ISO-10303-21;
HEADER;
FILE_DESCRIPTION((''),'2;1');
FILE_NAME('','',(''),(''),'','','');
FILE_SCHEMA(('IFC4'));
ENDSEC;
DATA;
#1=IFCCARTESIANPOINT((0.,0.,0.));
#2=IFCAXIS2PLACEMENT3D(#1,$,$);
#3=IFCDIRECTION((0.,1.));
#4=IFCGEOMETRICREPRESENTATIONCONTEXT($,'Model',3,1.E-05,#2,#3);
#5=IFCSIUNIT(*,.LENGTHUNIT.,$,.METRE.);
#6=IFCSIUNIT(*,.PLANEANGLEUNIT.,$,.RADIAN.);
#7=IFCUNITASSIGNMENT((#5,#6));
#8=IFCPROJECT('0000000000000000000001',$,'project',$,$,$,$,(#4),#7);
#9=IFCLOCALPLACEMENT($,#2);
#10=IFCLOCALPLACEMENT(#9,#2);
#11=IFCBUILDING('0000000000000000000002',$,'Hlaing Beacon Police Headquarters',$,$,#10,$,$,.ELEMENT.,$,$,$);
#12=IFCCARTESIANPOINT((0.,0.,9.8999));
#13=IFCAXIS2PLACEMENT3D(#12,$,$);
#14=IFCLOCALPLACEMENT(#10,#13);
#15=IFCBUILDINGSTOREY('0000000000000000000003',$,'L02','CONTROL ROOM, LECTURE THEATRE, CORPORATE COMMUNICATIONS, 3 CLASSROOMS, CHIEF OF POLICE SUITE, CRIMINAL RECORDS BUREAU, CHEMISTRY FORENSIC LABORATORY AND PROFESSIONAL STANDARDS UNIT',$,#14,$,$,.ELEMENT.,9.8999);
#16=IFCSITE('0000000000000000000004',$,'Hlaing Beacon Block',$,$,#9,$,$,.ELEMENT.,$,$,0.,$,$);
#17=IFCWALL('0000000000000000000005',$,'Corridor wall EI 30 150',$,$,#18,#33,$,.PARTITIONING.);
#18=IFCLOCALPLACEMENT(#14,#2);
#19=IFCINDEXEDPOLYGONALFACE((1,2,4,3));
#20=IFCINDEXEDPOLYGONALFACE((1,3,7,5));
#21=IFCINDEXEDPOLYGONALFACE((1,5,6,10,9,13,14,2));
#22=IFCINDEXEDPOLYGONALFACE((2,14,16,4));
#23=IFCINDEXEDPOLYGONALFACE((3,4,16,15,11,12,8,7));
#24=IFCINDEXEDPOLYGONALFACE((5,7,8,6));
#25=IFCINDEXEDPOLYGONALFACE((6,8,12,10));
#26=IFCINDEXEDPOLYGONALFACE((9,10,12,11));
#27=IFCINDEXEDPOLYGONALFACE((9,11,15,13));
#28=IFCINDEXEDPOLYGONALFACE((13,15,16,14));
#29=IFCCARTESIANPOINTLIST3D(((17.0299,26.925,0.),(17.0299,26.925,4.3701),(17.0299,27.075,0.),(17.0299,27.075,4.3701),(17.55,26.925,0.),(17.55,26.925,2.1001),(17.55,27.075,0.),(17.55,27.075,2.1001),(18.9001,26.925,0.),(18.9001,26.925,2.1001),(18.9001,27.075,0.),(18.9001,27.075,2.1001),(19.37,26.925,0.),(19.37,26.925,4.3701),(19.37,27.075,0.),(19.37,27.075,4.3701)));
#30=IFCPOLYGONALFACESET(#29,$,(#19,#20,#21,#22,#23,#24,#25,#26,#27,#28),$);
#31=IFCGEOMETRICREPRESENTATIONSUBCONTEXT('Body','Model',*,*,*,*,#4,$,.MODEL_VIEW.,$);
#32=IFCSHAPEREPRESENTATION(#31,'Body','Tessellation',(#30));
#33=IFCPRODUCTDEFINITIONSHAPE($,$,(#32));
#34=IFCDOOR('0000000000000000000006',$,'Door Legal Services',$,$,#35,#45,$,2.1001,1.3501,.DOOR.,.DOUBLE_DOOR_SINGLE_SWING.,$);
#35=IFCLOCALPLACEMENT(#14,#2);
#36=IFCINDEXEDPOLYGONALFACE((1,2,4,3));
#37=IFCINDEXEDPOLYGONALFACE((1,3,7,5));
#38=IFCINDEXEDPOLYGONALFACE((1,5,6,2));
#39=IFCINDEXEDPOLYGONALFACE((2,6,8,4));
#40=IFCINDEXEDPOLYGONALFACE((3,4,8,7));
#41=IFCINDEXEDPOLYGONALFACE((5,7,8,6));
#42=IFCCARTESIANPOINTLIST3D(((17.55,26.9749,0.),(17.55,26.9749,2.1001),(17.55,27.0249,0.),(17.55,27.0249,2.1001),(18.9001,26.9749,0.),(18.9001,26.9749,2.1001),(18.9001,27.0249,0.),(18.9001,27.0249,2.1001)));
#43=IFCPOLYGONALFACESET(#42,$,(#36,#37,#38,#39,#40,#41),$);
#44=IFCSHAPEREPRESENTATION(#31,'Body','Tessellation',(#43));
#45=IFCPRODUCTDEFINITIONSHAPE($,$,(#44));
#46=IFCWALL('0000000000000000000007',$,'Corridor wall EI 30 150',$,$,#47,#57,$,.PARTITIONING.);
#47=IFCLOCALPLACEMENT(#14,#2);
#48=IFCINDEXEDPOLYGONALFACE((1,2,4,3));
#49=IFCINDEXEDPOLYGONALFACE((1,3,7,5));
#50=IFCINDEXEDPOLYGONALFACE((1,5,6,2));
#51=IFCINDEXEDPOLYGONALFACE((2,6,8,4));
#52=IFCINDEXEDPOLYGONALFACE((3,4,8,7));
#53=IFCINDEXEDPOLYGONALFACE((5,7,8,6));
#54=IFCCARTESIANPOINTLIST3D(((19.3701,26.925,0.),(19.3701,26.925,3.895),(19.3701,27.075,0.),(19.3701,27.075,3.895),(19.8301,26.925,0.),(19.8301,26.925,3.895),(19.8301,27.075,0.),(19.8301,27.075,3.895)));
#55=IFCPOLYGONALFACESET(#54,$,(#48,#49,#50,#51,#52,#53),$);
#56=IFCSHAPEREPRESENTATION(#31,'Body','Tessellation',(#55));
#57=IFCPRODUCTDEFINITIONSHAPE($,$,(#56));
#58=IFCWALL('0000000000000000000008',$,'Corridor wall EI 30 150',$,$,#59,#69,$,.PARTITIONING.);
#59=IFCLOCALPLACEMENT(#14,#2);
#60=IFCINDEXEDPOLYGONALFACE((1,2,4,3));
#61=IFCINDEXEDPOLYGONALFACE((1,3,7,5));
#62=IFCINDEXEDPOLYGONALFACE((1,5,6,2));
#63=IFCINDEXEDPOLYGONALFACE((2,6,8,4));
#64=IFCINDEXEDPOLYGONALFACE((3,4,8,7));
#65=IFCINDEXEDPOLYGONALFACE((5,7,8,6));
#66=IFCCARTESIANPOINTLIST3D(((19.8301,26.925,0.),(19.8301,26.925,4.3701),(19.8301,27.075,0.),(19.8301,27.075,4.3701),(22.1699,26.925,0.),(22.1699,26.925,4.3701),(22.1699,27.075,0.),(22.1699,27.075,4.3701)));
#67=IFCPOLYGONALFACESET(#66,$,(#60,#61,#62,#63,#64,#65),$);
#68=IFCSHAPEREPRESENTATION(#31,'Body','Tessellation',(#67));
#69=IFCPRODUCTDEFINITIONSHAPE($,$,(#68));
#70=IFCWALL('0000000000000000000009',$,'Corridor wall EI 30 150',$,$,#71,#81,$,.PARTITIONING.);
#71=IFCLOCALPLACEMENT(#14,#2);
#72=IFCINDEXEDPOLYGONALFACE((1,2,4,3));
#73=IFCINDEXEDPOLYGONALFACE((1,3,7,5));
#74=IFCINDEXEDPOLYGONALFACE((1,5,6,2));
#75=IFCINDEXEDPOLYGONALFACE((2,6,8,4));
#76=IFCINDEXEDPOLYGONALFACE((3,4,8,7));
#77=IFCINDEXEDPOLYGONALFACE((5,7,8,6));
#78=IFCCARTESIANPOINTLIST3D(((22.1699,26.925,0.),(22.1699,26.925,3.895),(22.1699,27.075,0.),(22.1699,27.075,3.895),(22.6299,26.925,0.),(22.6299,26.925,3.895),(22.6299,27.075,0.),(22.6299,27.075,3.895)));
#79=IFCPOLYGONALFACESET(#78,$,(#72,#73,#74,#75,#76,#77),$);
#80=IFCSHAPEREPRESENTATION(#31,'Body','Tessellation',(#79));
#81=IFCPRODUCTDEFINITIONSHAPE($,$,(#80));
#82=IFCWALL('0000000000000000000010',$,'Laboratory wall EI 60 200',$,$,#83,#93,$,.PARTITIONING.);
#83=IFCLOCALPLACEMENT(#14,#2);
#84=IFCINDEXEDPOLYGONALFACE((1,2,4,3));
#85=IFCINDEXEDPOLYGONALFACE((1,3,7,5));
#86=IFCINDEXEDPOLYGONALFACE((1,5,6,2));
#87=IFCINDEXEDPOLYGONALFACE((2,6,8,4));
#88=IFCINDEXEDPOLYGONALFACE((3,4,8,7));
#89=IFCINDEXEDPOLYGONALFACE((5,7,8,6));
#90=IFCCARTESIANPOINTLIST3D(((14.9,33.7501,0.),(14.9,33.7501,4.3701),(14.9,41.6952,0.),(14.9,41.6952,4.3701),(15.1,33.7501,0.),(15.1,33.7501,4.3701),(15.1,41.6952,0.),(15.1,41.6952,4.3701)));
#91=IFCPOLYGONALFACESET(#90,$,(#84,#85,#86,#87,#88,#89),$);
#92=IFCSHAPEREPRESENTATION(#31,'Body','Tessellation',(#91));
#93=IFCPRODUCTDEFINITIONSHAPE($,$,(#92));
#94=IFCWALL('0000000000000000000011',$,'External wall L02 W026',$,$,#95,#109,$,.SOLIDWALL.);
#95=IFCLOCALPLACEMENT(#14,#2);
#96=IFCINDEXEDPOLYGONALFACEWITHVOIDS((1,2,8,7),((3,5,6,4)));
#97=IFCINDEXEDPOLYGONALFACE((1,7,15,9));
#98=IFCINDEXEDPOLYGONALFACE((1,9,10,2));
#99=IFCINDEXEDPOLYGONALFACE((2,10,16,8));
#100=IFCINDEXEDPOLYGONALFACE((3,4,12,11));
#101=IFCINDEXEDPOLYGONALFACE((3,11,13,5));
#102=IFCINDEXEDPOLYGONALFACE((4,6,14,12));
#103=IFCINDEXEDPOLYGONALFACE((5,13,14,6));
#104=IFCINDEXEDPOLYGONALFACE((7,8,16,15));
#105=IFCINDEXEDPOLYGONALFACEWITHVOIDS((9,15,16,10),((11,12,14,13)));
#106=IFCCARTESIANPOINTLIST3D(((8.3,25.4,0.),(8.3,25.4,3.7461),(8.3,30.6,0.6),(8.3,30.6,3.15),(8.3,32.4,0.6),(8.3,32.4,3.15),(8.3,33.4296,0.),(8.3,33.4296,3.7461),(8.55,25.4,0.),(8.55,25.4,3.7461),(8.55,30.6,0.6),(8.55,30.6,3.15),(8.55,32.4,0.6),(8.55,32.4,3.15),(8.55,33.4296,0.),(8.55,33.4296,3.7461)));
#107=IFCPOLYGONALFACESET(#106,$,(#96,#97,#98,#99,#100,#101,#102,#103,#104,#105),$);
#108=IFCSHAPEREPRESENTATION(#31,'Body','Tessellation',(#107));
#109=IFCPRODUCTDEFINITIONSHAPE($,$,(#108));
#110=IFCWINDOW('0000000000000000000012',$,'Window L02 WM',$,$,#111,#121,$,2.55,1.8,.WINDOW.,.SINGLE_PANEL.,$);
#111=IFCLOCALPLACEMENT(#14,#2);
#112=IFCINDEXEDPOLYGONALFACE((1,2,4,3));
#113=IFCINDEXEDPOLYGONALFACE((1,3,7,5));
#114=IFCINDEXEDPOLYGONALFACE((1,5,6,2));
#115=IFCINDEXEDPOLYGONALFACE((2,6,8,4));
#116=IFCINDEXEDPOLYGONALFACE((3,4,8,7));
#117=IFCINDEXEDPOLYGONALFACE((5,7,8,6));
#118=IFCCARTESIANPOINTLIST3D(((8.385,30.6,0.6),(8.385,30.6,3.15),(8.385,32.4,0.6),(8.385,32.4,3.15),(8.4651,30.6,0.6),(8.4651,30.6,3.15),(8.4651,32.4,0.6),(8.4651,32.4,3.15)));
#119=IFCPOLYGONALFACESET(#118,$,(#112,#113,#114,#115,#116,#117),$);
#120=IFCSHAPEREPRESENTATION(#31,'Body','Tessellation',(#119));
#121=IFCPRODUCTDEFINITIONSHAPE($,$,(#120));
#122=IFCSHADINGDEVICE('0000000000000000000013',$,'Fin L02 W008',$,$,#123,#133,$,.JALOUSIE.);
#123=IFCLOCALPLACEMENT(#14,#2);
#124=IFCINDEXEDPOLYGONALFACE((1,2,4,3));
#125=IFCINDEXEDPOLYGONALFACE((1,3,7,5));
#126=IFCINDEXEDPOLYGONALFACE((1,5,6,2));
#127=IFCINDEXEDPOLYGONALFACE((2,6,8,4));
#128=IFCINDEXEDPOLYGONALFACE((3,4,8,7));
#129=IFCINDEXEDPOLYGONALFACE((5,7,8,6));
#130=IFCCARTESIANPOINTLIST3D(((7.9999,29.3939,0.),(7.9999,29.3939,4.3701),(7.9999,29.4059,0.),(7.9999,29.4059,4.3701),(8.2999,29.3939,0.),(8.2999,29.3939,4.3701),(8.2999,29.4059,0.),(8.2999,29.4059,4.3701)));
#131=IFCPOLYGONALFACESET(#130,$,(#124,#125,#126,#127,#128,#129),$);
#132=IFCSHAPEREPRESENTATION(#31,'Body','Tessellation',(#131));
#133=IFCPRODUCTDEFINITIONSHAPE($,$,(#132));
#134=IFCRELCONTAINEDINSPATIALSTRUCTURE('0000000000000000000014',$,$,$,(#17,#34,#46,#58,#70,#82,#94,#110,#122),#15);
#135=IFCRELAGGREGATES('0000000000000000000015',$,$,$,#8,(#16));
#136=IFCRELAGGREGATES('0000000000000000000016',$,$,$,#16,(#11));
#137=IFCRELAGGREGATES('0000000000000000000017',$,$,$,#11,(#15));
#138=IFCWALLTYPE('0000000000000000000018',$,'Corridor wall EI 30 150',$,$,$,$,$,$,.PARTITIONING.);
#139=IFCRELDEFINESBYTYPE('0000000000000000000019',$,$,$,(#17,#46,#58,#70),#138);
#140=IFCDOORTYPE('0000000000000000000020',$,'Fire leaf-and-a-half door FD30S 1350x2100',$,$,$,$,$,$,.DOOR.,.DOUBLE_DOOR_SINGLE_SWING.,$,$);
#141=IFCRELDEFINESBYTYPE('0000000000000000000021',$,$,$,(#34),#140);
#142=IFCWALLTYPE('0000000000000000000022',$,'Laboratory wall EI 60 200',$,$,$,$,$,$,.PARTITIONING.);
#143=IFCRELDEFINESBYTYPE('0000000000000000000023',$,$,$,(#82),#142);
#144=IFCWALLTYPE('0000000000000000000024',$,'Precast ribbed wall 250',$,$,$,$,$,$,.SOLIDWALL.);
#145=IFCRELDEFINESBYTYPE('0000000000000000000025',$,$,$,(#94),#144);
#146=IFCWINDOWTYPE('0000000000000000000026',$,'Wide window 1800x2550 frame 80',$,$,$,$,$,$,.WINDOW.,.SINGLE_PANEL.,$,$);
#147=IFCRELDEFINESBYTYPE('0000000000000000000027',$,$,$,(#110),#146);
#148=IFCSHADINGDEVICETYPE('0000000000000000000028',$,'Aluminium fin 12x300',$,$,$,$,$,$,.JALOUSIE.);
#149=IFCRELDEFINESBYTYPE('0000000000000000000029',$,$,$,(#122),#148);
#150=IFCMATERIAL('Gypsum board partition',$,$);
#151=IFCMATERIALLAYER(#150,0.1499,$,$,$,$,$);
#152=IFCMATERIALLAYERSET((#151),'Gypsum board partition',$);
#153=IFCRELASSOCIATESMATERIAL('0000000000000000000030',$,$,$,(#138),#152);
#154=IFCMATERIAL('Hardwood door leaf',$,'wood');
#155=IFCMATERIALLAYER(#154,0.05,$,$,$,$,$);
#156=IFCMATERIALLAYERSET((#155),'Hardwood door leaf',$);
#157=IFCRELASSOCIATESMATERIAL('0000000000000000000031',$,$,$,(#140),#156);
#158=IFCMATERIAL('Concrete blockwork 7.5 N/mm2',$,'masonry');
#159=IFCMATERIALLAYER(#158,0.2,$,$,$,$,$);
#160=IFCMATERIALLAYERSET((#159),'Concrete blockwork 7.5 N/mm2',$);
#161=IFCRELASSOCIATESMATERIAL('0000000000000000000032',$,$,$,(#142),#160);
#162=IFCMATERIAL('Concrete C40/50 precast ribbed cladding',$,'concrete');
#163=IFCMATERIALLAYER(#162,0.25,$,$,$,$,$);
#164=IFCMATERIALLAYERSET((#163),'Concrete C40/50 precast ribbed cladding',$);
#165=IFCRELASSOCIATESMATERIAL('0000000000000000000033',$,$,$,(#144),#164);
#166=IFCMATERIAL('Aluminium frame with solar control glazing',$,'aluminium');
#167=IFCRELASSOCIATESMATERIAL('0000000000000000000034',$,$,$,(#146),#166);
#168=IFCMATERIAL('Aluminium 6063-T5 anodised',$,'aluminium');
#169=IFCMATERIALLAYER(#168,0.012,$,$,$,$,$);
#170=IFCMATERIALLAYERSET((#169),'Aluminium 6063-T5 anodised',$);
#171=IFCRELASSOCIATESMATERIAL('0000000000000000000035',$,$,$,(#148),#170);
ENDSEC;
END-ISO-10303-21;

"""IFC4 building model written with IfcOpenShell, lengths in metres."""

from ifc_helpers import new_model, si_unit, direction, frame, frame_2d, origin, origin_2d, place, context, subcontext, project, spatial, rectangle, extrude, material, layer, layer_set, type_object, element, fill, save


model = new_model("IFC4")

# Units and contexts
model_context = context("Model", 3, precision=1e-05, world=origin(), true_north=direction((0.0, 1.0)))
body_context = subcontext(model_context, "Body", "Model", "MODEL_VIEW")
ifc_project = project(units=[si_unit("LENGTHUNIT", "METRE"), si_unit("PLANEANGLEUNIT", "RADIAN")], contexts=[model_context])

# Site, building, storey
site_placement = place(None, origin())
site = spatial("IfcSite", under=ifc_project, at=site_placement, Name="Hlaing Beacon Block", CompositionType="ELEMENT", RefElevation=0.0)
building_placement = place(site_placement, origin())
building = spatial("IfcBuilding", under=site, at=building_placement, Name="Hlaing Beacon Police Headquarters", CompositionType="ELEMENT")
storey_placement = place(building_placement, frame((0.0, 0.0, 9.8999)))
storey = spatial("IfcBuildingStorey", under=building, at=storey_placement, Name="L02", Description="CONTROL ROOM, LECTURE THEATRE, CORPORATE COMMUNICATIONS, 3 CLASSROOMS, CHIEF OF POLICE SUITE, CRIMINAL RECORDS BUREAU, CHEMISTRY FORENSIC LABORATORY AND PROFESSIONAL STANDARDS UNIT", CompositionType="ELEMENT", Elevation=9.8999)

# Shared definitions
ifc_material_1 = material(Name="Gypsum board partition")
ifc_layer_1 = layer(ifc_material_1, 0.1499)
ifc_layer_set_1 = layer_set([ifc_layer_1], Name="Gypsum board partition")
wall_type_1 = type_object("IfcWallType", Name="Corridor wall EI 30 150", PredefinedType="PARTITIONING", material=ifc_layer_set_1)

# Wall, opening, door
wall_1_placement = place(storey_placement, frame((17.03, 27.0, 0.0), z_axis=(0.0, 0.0, 1.0), x_axis=(1.0, 0.0, 0.0)))
wall_1 = element("IfcWall", 1, at=wall_1_placement, inside=storey, type_object=wall_type_1, Name="Corridor wall EI 30 150", PredefinedType="PARTITIONING", context=body_context, shape_type="SweptSolid", body=[
    extrude(rectangle(XDim=2.3401, YDim=0.1499, at=frame_2d((1.1699, 0.0))), origin(), (0.0, 0.0, 1.0), 4.3701),
])
opening_1_placement = place(wall_1_placement, frame((0.52, 0.0, 0.0)))
opening_1 = element("IfcOpeningElement", 2, at=opening_1_placement, cuts=wall_1, PredefinedType="OPENING", context=body_context, shape_type="SweptSolid", body=[
    extrude(rectangle(XDim=1.3501, YDim=2.1001, at=frame_2d((0.675, 1.05))), frame((0.0, 0.085, 0.0), z_axis=(0.0, -1.0, 0.0), x_axis=(1.0, 0.0, 0.0)), (0.0, 0.0, 1.0), 0.1699),
])
ifc_material_2 = material(Name="Hardwood door leaf", Category="wood")
ifc_layer_2 = layer(ifc_material_2, 0.05)
ifc_layer_set_2 = layer_set([ifc_layer_2], Name="Hardwood door leaf")
door_type_1 = type_object("IfcDoorType", Name="Fire leaf-and-a-half door FD30S 1350x2100", OperationType="DOUBLE_DOOR_SINGLE_SWING", PredefinedType="DOOR", material=ifc_layer_set_2)
door_1_placement = place(opening_1_placement, origin())
door_1 = element("IfcDoor", 3, at=door_1_placement, inside=storey, type_object=door_type_1, Name="Door Legal Services", OperationType="DOUBLE_DOOR_SINGLE_SWING", OverallHeight=2.1001, OverallWidth=1.3501, PredefinedType="DOOR", context=body_context, shape_type="SweptSolid", body=[
    extrude(rectangle(XDim=1.3501, YDim=2.1001, at=frame_2d((0.675, 1.05))), frame((0.0, 0.0249, 0.0), z_axis=(0.0, -1.0, 0.0), x_axis=(1.0, 0.0, 0.0)), (0.0, 0.0, 1.0), 0.05),
])
fill(opening_1, door_1)

# Walls
wall_2_placement = place(storey_placement, frame((19.3701, 27.0, 0.0), z_axis=(0.0, 0.0, 1.0), x_axis=(1.0, 0.0, 0.0)))
element("IfcWall", 4, at=wall_2_placement, inside=storey, type_object=wall_type_1, Name="Corridor wall EI 30 150", PredefinedType="PARTITIONING", context=body_context, shape_type="SweptSolid", body=[
    extrude(rectangle(XDim=0.46, YDim=0.1499, at=frame_2d((0.23, 0.0))), origin(), (0.0, 0.0, 1.0), 3.895),
])
wall_3_placement = place(storey_placement, frame((19.8301, 27.0, 0.0), z_axis=(0.0, 0.0, 1.0), x_axis=(1.0, 0.0, 0.0)))
element("IfcWall", 5, at=wall_3_placement, inside=storey, type_object=wall_type_1, Name="Corridor wall EI 30 150", PredefinedType="PARTITIONING", context=body_context, shape_type="SweptSolid", body=[
    extrude(rectangle(XDim=2.3398, YDim=0.1499, at=frame_2d((1.1699, 0.0))), origin(), (0.0, 0.0, 1.0), 4.3701),
])
wall_4_placement = place(storey_placement, frame((22.1699, 27.0, 0.0), z_axis=(0.0, 0.0, 1.0), x_axis=(1.0, 0.0, 0.0)))
element("IfcWall", 6, at=wall_4_placement, inside=storey, type_object=wall_type_1, Name="Corridor wall EI 30 150", PredefinedType="PARTITIONING", context=body_context, shape_type="SweptSolid", body=[
    extrude(rectangle(XDim=0.46, YDim=0.1499, at=frame_2d((0.23, 0.0))), origin(), (0.0, 0.0, 1.0), 3.895),
])
ifc_material_3 = material(Name="Concrete blockwork 7.5 N/mm2", Category="masonry")
ifc_layer_3 = layer(ifc_material_3, 0.2)
ifc_layer_set_3 = layer_set([ifc_layer_3], Name="Concrete blockwork 7.5 N/mm2")
wall_type_2 = type_object("IfcWallType", Name="Laboratory wall EI 60 200", PredefinedType="PARTITIONING", material=ifc_layer_set_3)
wall_5_placement = place(storey_placement, frame((15.0, 33.75, 0.0), z_axis=(0.0, 0.0, 1.0), x_axis=(0.0, 1.0, 0.0)))
element("IfcWall", 7, at=wall_5_placement, inside=storey, type_object=wall_type_2, Name="Laboratory wall EI 60 200", PredefinedType="PARTITIONING", context=body_context, shape_type="SweptSolid", body=[
    extrude(rectangle(XDim=7.9451, YDim=0.2, at=frame_2d((3.9727, 0.0))), origin(), (0.0, 0.0, 1.0), 4.3701),
])

# Wall, opening, window
ifc_material_4 = material(Name="Concrete C40/50 precast ribbed cladding", Category="concrete")
ifc_layer_4 = layer(ifc_material_4, 0.25)
ifc_layer_set_4 = layer_set([ifc_layer_4], Name="Concrete C40/50 precast ribbed cladding")
wall_type_3 = type_object("IfcWallType", Name="Precast ribbed wall 250", PredefinedType="SOLIDWALL", material=ifc_layer_set_4)
wall_6_placement = place(storey_placement, frame((8.425, 33.4294, 0.0), z_axis=(0.0, 0.0, 1.0), x_axis=(0.0, -1.0, 0.0)))
wall_6 = element("IfcWall", 8, at=wall_6_placement, inside=storey, type_object=wall_type_3, Name="External wall L02 W026", PredefinedType="SOLIDWALL", context=body_context, shape_type="SweptSolid", body=[
    extrude(rectangle(XDim=8.0295, YDim=0.25, at=frame_2d((4.0146, 0.0))), origin(), (0.0, 0.0, 1.0), 3.7461),
])
opening_2_placement = place(wall_6_placement, frame((1.0295, 0.0, 0.6001)))
opening_2 = element("IfcOpeningElement", 9, at=opening_2_placement, cuts=wall_6, PredefinedType="OPENING", context=body_context, shape_type="SweptSolid", body=[
    extrude(rectangle(XDim=1.8, YDim=2.55, at=frame_2d((0.8999, 1.2749))), frame((0.0, 0.135, 0.0), z_axis=(0.0, -1.0, 0.0), x_axis=(1.0, 0.0, 0.0)), (0.0, 0.0, 1.0), 0.27),
])
ifc_material_5 = material(Name="Aluminium frame with solar control glazing", Category="aluminium")
window_type = type_object("IfcWindowType", Name="Wide window 1800x2550 frame 80", PartitioningType="SINGLE_PANEL", PredefinedType="WINDOW", material=ifc_material_5)
window_placement = place(opening_2_placement, origin())
window = element("IfcWindow", 10, at=window_placement, inside=storey, type_object=window_type, Name="Window L02 WM", OverallHeight=2.55, OverallWidth=1.8, PartitioningType="SINGLE_PANEL", PredefinedType="WINDOW", context=body_context, shape_type="SweptSolid", body=[
    extrude(rectangle(XDim=1.8, YDim=2.55, at=frame_2d((0.8999, 1.2749))), frame((0.0, 0.04, 0.0), z_axis=(0.0, -1.0, 0.0), x_axis=(1.0, 0.0, 0.0)), (0.0, 0.0, 1.0), 0.0801),
])
fill(opening_2, window)

# Shading device
ifc_material_6 = material(Name="Aluminium 6063-T5 anodised", Category="aluminium")
ifc_layer_5 = layer(ifc_material_6, 0.012)
ifc_layer_set_5 = layer_set([ifc_layer_5], Name="Aluminium 6063-T5 anodised")
shading_device_type = type_object("IfcShadingDeviceType", Name="Aluminium fin 12x300", PredefinedType="JALOUSIE", material=ifc_layer_set_5)
shading_device_placement = place(storey_placement, frame((8.1499, 29.3999, 0.0), z_axis=(0.0, 0.0, 1.0), x_axis=(0.0, -1.0, 0.0)))
element("IfcShadingDevice", 11, at=shading_device_placement, inside=storey, type_object=shading_device_type, Name="Fin L02 W008", PredefinedType="JALOUSIE", context=body_context, shape_type="SweptSolid", body=[
    extrude(rectangle(XDim=0.012, YDim=0.3, at=origin_2d()), origin(), (0.0, 0.0, 1.0), 4.3701),
])

save(model, "model.ifc")
